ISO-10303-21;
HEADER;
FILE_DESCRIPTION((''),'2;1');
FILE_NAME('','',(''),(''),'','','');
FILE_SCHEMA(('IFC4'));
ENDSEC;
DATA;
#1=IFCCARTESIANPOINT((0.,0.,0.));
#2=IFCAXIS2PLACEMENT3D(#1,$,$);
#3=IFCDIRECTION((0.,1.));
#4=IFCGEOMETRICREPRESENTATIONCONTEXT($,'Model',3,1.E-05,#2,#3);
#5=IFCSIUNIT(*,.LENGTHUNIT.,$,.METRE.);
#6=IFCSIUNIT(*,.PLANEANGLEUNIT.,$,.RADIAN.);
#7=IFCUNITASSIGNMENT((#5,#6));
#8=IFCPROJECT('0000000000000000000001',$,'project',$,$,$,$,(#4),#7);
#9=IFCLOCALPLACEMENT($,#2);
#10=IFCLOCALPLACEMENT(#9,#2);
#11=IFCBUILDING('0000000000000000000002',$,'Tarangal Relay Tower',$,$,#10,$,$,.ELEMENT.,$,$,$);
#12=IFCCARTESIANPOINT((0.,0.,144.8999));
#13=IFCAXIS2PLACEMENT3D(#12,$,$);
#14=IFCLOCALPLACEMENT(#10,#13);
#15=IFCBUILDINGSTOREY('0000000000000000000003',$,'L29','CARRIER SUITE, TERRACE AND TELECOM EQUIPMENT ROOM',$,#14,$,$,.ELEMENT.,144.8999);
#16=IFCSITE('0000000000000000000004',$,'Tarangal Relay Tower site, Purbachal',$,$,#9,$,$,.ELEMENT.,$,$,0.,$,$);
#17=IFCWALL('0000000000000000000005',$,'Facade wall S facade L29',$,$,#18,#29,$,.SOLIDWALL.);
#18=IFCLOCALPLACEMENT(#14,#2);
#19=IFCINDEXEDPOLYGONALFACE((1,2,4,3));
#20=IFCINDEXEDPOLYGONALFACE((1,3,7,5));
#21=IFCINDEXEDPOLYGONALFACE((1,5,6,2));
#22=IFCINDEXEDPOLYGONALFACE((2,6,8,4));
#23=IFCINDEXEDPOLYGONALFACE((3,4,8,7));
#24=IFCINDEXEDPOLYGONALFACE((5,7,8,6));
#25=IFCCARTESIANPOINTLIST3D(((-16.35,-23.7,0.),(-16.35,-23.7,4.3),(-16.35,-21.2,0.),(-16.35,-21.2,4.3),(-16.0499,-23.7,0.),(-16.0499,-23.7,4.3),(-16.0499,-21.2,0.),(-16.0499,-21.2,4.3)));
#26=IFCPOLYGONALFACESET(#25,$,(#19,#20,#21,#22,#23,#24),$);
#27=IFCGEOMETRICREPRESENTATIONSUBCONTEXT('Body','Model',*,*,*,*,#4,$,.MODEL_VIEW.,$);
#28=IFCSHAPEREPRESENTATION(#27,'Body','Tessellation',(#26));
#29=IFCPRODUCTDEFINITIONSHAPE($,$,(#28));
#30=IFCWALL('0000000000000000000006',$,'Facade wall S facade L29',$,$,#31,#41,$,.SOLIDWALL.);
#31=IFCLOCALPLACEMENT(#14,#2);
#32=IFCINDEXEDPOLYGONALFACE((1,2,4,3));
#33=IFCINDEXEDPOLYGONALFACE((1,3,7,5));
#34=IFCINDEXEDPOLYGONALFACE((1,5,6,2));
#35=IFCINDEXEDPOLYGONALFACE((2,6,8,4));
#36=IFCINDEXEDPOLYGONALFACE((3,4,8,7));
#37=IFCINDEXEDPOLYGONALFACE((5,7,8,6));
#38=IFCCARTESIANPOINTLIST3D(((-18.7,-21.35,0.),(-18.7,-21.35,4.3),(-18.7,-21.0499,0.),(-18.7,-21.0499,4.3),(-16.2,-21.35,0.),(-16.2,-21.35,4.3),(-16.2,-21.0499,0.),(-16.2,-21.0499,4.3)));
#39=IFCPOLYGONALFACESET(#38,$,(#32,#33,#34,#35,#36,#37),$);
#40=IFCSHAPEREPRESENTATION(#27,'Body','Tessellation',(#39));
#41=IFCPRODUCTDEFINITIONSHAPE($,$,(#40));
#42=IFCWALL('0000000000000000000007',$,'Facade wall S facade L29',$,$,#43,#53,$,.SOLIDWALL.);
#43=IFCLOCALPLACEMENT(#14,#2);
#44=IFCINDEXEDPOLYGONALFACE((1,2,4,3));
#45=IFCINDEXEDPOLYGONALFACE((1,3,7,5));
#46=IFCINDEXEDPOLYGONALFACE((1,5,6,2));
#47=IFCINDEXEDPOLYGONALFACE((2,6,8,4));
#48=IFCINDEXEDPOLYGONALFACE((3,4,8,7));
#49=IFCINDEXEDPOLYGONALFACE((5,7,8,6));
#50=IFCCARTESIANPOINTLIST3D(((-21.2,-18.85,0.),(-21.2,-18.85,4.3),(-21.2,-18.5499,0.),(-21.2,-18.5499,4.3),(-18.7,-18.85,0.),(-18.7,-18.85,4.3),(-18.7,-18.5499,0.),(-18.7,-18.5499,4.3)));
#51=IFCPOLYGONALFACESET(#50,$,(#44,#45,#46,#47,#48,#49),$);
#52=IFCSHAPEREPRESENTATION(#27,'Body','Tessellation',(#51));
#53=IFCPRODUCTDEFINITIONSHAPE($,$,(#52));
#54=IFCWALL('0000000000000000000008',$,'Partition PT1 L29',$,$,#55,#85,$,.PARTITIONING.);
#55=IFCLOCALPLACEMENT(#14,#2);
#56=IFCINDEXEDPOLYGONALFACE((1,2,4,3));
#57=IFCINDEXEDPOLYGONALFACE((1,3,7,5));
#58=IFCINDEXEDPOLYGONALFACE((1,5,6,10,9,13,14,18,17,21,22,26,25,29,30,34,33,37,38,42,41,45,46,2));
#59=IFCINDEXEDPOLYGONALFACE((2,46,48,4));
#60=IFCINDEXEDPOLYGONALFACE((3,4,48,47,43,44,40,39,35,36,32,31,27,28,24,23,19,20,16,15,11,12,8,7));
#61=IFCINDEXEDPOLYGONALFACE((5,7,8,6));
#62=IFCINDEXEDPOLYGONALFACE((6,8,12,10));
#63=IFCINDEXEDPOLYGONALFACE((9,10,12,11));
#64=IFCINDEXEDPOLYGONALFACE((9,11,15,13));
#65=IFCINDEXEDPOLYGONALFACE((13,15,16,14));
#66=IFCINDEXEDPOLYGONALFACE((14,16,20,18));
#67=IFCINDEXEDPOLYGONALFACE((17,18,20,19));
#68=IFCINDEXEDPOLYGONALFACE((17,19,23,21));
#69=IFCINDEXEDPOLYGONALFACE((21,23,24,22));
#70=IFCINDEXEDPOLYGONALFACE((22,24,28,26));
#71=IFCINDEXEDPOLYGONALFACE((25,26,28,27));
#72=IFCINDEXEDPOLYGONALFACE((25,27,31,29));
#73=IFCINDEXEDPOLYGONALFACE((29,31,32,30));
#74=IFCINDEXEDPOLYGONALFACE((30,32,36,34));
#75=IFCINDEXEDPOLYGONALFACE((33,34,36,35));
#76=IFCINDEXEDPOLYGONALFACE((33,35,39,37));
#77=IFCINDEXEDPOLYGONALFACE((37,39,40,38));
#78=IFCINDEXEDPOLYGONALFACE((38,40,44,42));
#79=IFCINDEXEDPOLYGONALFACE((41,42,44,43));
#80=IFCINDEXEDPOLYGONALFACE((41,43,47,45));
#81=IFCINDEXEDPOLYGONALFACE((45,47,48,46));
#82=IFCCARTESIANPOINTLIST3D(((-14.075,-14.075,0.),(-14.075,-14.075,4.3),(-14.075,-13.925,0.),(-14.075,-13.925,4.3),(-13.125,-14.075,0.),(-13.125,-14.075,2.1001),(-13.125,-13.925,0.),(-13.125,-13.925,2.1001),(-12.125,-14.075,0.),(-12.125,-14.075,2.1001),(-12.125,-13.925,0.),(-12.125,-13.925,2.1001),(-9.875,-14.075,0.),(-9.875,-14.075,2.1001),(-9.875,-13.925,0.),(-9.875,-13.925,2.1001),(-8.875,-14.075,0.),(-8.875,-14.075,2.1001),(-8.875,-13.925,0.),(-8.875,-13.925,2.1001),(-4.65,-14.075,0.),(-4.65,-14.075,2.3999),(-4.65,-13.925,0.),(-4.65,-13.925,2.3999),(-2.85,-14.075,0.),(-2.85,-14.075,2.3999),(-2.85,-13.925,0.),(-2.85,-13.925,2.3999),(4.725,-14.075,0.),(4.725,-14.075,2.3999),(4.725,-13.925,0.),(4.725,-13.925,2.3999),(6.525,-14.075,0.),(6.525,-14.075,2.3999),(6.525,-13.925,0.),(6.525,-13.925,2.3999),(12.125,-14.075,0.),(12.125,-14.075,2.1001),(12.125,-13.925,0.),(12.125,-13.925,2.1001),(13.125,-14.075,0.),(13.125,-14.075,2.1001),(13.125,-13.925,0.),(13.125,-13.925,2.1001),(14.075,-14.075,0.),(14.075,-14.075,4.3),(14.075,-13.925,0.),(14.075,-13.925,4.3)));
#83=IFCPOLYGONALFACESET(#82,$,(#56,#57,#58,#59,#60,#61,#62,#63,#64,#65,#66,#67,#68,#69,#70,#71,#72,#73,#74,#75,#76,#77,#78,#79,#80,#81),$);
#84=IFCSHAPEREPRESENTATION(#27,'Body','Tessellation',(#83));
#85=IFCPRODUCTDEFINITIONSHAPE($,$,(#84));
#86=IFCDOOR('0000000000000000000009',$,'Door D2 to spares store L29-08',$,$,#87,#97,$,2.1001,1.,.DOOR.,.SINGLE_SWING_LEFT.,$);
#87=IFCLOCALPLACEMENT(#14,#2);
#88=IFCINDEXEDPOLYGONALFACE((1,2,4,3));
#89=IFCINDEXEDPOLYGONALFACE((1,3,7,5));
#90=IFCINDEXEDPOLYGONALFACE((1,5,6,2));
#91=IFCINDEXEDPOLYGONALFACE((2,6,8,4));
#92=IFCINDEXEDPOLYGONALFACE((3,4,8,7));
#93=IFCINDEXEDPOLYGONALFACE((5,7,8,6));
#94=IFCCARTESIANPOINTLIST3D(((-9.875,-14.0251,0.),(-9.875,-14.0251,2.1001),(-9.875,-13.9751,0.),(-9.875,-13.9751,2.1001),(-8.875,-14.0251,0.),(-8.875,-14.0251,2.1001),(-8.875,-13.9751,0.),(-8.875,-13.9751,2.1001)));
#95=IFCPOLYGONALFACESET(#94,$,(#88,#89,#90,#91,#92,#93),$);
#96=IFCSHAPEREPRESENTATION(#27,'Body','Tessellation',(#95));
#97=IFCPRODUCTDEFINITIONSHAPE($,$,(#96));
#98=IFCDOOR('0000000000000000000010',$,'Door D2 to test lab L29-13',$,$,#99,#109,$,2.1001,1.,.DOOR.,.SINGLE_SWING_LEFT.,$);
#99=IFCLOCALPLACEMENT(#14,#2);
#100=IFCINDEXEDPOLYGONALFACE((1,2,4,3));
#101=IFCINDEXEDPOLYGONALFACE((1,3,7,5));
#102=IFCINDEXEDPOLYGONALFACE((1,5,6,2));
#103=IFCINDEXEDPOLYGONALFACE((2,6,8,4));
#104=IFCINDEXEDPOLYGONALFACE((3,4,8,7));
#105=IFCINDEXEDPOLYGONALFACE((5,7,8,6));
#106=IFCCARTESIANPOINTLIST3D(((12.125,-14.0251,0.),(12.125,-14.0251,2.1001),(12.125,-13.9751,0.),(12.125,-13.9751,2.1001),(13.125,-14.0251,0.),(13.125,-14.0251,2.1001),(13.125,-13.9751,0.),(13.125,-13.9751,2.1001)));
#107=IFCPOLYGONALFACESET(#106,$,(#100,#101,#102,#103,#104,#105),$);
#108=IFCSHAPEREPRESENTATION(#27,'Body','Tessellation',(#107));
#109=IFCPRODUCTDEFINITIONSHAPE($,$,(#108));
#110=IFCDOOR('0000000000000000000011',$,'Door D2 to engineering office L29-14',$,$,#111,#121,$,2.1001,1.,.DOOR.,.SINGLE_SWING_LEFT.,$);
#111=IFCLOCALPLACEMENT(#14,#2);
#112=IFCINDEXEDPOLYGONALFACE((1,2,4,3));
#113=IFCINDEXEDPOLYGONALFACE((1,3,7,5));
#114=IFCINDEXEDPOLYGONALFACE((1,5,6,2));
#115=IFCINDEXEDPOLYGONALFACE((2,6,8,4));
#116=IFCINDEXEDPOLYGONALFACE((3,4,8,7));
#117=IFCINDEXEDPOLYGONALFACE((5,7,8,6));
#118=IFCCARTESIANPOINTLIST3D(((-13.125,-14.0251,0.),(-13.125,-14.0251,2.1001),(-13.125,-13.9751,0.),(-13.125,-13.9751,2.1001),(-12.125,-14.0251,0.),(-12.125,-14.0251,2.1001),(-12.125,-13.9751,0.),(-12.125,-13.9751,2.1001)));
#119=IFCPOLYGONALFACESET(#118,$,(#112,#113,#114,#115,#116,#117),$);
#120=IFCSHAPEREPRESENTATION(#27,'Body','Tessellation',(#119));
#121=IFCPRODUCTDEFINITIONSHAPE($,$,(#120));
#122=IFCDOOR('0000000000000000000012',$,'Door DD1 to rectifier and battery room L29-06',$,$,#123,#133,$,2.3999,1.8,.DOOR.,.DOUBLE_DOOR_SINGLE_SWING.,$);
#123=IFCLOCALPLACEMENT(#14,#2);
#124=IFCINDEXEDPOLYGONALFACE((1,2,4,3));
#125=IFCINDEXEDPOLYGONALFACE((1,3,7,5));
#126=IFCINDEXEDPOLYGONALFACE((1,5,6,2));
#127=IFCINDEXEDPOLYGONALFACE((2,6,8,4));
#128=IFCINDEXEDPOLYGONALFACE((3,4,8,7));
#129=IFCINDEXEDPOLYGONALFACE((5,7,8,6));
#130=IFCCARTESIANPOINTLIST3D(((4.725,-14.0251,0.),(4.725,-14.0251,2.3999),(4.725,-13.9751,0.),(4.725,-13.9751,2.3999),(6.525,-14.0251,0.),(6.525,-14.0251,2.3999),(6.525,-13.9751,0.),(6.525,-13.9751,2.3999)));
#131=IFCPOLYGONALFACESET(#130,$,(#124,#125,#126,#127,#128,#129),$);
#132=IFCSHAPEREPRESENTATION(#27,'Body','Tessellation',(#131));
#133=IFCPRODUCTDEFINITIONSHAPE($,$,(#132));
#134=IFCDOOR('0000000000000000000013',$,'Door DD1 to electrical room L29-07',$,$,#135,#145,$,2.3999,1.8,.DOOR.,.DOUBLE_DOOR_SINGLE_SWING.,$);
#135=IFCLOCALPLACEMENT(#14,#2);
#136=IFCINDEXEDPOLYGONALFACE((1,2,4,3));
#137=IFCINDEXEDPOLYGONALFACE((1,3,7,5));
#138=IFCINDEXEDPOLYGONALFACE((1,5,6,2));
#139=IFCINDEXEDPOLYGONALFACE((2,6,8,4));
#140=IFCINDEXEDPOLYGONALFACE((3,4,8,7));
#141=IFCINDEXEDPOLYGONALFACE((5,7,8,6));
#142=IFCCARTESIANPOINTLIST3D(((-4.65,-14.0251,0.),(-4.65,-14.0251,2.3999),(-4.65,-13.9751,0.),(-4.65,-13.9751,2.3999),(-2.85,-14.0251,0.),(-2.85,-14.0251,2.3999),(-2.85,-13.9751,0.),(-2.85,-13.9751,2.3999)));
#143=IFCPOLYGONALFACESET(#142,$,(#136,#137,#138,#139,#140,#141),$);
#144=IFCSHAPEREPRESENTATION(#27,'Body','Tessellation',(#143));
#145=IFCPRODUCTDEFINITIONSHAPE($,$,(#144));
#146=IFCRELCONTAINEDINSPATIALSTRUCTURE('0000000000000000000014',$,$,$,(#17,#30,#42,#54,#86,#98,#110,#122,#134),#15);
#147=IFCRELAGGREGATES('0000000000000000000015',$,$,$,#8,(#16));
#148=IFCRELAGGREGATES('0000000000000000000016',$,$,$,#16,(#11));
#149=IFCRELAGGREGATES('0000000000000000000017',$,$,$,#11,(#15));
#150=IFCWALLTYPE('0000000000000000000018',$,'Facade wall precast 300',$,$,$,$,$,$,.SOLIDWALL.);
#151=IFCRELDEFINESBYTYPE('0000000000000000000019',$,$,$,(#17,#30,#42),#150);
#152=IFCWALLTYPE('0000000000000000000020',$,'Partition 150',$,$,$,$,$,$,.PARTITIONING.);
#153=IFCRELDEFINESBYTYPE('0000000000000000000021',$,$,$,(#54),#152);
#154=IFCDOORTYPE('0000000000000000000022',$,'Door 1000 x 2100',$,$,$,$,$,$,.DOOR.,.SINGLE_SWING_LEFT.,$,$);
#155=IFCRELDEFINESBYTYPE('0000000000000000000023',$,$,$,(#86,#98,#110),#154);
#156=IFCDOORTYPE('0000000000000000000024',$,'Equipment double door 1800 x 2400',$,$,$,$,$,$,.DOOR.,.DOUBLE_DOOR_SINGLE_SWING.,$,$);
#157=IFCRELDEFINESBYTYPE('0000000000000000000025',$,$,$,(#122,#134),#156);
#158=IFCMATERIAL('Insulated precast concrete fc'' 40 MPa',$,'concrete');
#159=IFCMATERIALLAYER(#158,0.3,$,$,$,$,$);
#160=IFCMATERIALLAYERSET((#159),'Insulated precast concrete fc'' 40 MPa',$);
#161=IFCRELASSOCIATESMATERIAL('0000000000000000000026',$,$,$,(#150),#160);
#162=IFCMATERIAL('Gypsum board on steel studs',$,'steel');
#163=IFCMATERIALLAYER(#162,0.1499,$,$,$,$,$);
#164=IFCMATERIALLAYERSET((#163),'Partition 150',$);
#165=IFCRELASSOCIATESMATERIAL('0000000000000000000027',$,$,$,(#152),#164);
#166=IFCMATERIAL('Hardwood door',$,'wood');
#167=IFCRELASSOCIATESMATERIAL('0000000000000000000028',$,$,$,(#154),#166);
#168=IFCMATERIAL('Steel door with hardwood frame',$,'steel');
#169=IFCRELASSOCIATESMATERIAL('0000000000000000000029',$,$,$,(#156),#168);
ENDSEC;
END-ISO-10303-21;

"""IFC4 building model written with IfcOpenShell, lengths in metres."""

from ifc_helpers import new_model, si_unit, direction, frame, frame_2d, origin, place, context, subcontext, project, spatial, rectangle, extrude, material, layer, layer_set, type_object, element, fill, save


model = new_model("IFC4")

# Units and contexts
model_context = context("Model", 3, precision=1e-05, world=origin(), true_north=direction((0.0, 1.0)))
body_context = subcontext(model_context, "Body", "Model", "MODEL_VIEW")
ifc_project = project(units=[si_unit("LENGTHUNIT", "METRE"), si_unit("PLANEANGLEUNIT", "RADIAN")], contexts=[model_context])

# Site, building, storey
site_placement = place(None, origin())
site = spatial("IfcSite", under=ifc_project, at=site_placement, Name="Tarangal Relay Tower site, Purbachal", CompositionType="ELEMENT", RefElevation=0.0)
building_placement = place(site_placement, origin())
building = spatial("IfcBuilding", under=site, at=building_placement, Name="Tarangal Relay Tower", CompositionType="ELEMENT")
storey_placement = place(building_placement, frame((0.0, 0.0, 144.8999)))
storey = spatial("IfcBuildingStorey", under=building, at=storey_placement, Name="L29", Description="CARRIER SUITE, TERRACE AND TELECOM EQUIPMENT ROOM", CompositionType="ELEMENT", Elevation=144.8999)

# Walls
ifc_material_1 = material(Name="Insulated precast concrete fc' 40 MPa", Category="concrete")
ifc_layer_1 = layer(ifc_material_1, 0.3)
ifc_layer_set_1 = layer_set([ifc_layer_1], Name="Insulated precast concrete fc' 40 MPa")
wall_type_1 = type_object("IfcWallType", Name="Facade wall precast 300", PredefinedType="SOLIDWALL", material=ifc_layer_set_1)
for number, where, z_axis, x_axis, name in (
    (1, (-16.2, -23.7, 0.0), (0.0, 0.0, 1.0), (0.0, 1.0, 0.0), "Facade wall S facade L29"),
    (2, (-16.2, -21.2, 0.0), (0.0, 0.0, 1.0), (-1.0, 0.0, 0.0), "Facade wall S facade L29"),
):
    element("IfcWall", number, at=place(storey_placement, frame(where, z_axis=z_axis, x_axis=x_axis)), inside=storey, type_object=wall_type_1, Name=name, PredefinedType="SOLIDWALL", context=body_context, shape_type="SweptSolid", body=[
        extrude(rectangle(XDim=2.5, YDim=0.3, at=frame_2d((1.25, 0.0))), origin(), (0.0, 0.0, 1.0), 4.3),
    ])

# Wall
wall_1_placement = place(storey_placement, frame((-18.7, -18.7, 0.0), z_axis=(0.0, 0.0, 1.0), x_axis=(-1.0, 0.0, 0.0)))
element("IfcWall", 3, at=wall_1_placement, inside=storey, type_object=wall_type_1, Name="Facade wall S facade L29", PredefinedType="SOLIDWALL", context=body_context, shape_type="SweptSolid", body=[
    extrude(rectangle(XDim=2.5, YDim=0.3, at=frame_2d((1.25, 0.0))), origin(), (0.0, 0.0, 1.0), 4.3),
])

# Wall, openings, doors
ifc_material_2 = material(Name="Gypsum board on steel studs", Category="steel")
ifc_layer_2 = layer(ifc_material_2, 0.1499)
ifc_layer_set_2 = layer_set([ifc_layer_2], Name="Partition 150")
wall_type_2 = type_object("IfcWallType", Name="Partition 150", PredefinedType="PARTITIONING", material=ifc_layer_set_2)
wall_2_placement = place(storey_placement, frame((-14.075, -14.0, 0.0), z_axis=(0.0, 0.0, 1.0), x_axis=(1.0, 0.0, 0.0)))
wall_2 = element("IfcWall", 4, at=wall_2_placement, inside=storey, type_object=wall_type_2, Name="Partition PT1 L29", PredefinedType="PARTITIONING", context=body_context, shape_type="SweptSolid", body=[
    extrude(rectangle(XDim=28.1499, YDim=0.1499, at=frame_2d((14.075, 0.0))), origin(), (0.0, 0.0, 1.0), 4.3),
])
opening_1_placement = place(wall_2_placement, frame((18.8, 0.0, 0.0)))
opening_1 = element("IfcOpeningElement", 5, at=opening_1_placement, cuts=wall_2, PredefinedType="OPENING", context=body_context, shape_type="SweptSolid", body=[
    extrude(rectangle(XDim=1.8, YDim=2.3999, at=frame_2d((0.8999, 1.2))), frame((0.0, 0.085, 0.0), z_axis=(0.0, -1.0, 0.0), x_axis=(1.0, 0.0, 0.0)), (0.0, 0.0, 1.0), 0.1699),
])
opening_2_placement = place(wall_2_placement, frame((9.425, 0.0, 0.0)))
opening_2 = element("IfcOpeningElement", 6, at=opening_2_placement, cuts=wall_2, PredefinedType="OPENING", context=body_context, shape_type="SweptSolid", body=[
    extrude(rectangle(XDim=1.8, YDim=2.3999, at=frame_2d((0.8999, 1.2))), frame((0.0, 0.085, 0.0), z_axis=(0.0, -1.0, 0.0), x_axis=(1.0, 0.0, 0.0)), (0.0, 0.0, 1.0), 0.1699),
])
opening_3_placement = place(wall_2_placement, frame((4.2, 0.0, 0.0)))
opening_3 = element("IfcOpeningElement", 7, at=opening_3_placement, cuts=wall_2, PredefinedType="OPENING", context=body_context, shape_type="SweptSolid", body=[
    extrude(rectangle(XDim=1.0, YDim=2.1001, at=frame_2d((0.5, 1.05))), frame((0.0, 0.085, 0.0), z_axis=(0.0, -1.0, 0.0), x_axis=(1.0, 0.0, 0.0)), (0.0, 0.0, 1.0), 0.1699),
])
opening_4_placement = place(wall_2_placement, frame((26.2, 0.0, 0.0)))
opening_4 = element("IfcOpeningElement", 8, at=opening_4_placement, cuts=wall_2, PredefinedType="OPENING", context=body_context, shape_type="SweptSolid", body=[
    extrude(rectangle(XDim=1.0, YDim=2.1001, at=frame_2d((0.5, 1.05))), frame((0.0, 0.085, 0.0), z_axis=(0.0, -1.0, 0.0), x_axis=(1.0, 0.0, 0.0)), (0.0, 0.0, 1.0), 0.1699),
])
opening_5_placement = place(wall_2_placement, frame((0.95, 0.0, 0.0)))
opening_5 = element("IfcOpeningElement", 9, at=opening_5_placement, cuts=wall_2, PredefinedType="OPENING", context=body_context, shape_type="SweptSolid", body=[
    extrude(rectangle(XDim=1.0, YDim=2.1001, at=frame_2d((0.5, 1.05))), frame((0.0, 0.085, 0.0), z_axis=(0.0, -1.0, 0.0), x_axis=(1.0, 0.0, 0.0)), (0.0, 0.0, 1.0), 0.1699),
])
ifc_material_3 = material(Name="Hardwood door", Category="wood")
door_type_1 = type_object("IfcDoorType", Name="Door 1000 x 2100", OperationType="SINGLE_SWING_LEFT", PredefinedType="DOOR", material=ifc_material_3)
door_1_placement = place(opening_3_placement, origin())
door_1 = element("IfcDoor", 10, at=door_1_placement, inside=storey, type_object=door_type_1, Name="Door D2 to spares store L29-08", OperationType="SINGLE_SWING_LEFT", OverallHeight=2.1001, OverallWidth=1.0, PredefinedType="DOOR", context=body_context, shape_type="SweptSolid", body=[
    extrude(rectangle(XDim=1.0, YDim=2.1001, at=frame_2d((0.5, 1.05))), frame((0.0, 0.0249, 0.0), z_axis=(0.0, -1.0, 0.0), x_axis=(1.0, 0.0, 0.0)), (0.0, 0.0, 1.0), 0.05),
])
fill(opening_3, door_1)
door_2_placement = place(opening_4_placement, origin())
door_2 = element("IfcDoor", 11, at=door_2_placement, inside=storey, type_object=door_type_1, Name="Door D2 to test lab L29-13", OperationType="SINGLE_SWING_LEFT", OverallHeight=2.1001, OverallWidth=1.0, PredefinedType="DOOR", context=body_context, shape_type="SweptSolid", body=[
    extrude(rectangle(XDim=1.0, YDim=2.1001, at=frame_2d((0.5, 1.05))), frame((0.0, 0.0249, 0.0), z_axis=(0.0, -1.0, 0.0), x_axis=(1.0, 0.0, 0.0)), (0.0, 0.0, 1.0), 0.05),
])
fill(opening_4, door_2)
door_3_placement = place(opening_5_placement, origin())
door_3 = element("IfcDoor", 12, at=door_3_placement, inside=storey, type_object=door_type_1, Name="Door D2 to engineering office L29-14", OperationType="SINGLE_SWING_LEFT", OverallHeight=2.1001, OverallWidth=1.0, PredefinedType="DOOR", context=body_context, shape_type="SweptSolid", body=[
    extrude(rectangle(XDim=1.0, YDim=2.1001, at=frame_2d((0.5, 1.05))), frame((0.0, 0.0249, 0.0), z_axis=(0.0, -1.0, 0.0), x_axis=(1.0, 0.0, 0.0)), (0.0, 0.0, 1.0), 0.05),
])
fill(opening_5, door_3)
ifc_material_4 = material(Name="Steel door with hardwood frame", Category="steel")
door_type_2 = type_object("IfcDoorType", Name="Equipment double door 1800 x 2400", OperationType="DOUBLE_DOOR_SINGLE_SWING", PredefinedType="DOOR", material=ifc_material_4)
door_4_placement = place(opening_1_placement, origin())
door_4 = element("IfcDoor", 13, at=door_4_placement, inside=storey, type_object=door_type_2, Name="Door DD1 to rectifier and battery room L29-06", OperationType="DOUBLE_DOOR_SINGLE_SWING", OverallHeight=2.3999, OverallWidth=1.8, PredefinedType="DOOR", context=body_context, shape_type="SweptSolid", body=[
    extrude(rectangle(XDim=1.8, YDim=2.3999, at=frame_2d((0.8999, 1.2))), frame((0.0, 0.0249, 0.0), z_axis=(0.0, -1.0, 0.0), x_axis=(1.0, 0.0, 0.0)), (0.0, 0.0, 1.0), 0.05),
])
fill(opening_1, door_4)
door_5_placement = place(opening_2_placement, origin())
door_5 = element("IfcDoor", 14, at=door_5_placement, inside=storey, type_object=door_type_2, Name="Door DD1 to electrical room L29-07", OperationType="DOUBLE_DOOR_SINGLE_SWING", OverallHeight=2.3999, OverallWidth=1.8, PredefinedType="DOOR", context=body_context, shape_type="SweptSolid", body=[
    extrude(rectangle(XDim=1.8, YDim=2.3999, at=frame_2d((0.8999, 1.2))), frame((0.0, 0.0249, 0.0), z_axis=(0.0, -1.0, 0.0), x_axis=(1.0, 0.0, 0.0)), (0.0, 0.0, 1.0), 0.05),
])
fill(opening_2, door_5)

save(model, "model.ifc")
